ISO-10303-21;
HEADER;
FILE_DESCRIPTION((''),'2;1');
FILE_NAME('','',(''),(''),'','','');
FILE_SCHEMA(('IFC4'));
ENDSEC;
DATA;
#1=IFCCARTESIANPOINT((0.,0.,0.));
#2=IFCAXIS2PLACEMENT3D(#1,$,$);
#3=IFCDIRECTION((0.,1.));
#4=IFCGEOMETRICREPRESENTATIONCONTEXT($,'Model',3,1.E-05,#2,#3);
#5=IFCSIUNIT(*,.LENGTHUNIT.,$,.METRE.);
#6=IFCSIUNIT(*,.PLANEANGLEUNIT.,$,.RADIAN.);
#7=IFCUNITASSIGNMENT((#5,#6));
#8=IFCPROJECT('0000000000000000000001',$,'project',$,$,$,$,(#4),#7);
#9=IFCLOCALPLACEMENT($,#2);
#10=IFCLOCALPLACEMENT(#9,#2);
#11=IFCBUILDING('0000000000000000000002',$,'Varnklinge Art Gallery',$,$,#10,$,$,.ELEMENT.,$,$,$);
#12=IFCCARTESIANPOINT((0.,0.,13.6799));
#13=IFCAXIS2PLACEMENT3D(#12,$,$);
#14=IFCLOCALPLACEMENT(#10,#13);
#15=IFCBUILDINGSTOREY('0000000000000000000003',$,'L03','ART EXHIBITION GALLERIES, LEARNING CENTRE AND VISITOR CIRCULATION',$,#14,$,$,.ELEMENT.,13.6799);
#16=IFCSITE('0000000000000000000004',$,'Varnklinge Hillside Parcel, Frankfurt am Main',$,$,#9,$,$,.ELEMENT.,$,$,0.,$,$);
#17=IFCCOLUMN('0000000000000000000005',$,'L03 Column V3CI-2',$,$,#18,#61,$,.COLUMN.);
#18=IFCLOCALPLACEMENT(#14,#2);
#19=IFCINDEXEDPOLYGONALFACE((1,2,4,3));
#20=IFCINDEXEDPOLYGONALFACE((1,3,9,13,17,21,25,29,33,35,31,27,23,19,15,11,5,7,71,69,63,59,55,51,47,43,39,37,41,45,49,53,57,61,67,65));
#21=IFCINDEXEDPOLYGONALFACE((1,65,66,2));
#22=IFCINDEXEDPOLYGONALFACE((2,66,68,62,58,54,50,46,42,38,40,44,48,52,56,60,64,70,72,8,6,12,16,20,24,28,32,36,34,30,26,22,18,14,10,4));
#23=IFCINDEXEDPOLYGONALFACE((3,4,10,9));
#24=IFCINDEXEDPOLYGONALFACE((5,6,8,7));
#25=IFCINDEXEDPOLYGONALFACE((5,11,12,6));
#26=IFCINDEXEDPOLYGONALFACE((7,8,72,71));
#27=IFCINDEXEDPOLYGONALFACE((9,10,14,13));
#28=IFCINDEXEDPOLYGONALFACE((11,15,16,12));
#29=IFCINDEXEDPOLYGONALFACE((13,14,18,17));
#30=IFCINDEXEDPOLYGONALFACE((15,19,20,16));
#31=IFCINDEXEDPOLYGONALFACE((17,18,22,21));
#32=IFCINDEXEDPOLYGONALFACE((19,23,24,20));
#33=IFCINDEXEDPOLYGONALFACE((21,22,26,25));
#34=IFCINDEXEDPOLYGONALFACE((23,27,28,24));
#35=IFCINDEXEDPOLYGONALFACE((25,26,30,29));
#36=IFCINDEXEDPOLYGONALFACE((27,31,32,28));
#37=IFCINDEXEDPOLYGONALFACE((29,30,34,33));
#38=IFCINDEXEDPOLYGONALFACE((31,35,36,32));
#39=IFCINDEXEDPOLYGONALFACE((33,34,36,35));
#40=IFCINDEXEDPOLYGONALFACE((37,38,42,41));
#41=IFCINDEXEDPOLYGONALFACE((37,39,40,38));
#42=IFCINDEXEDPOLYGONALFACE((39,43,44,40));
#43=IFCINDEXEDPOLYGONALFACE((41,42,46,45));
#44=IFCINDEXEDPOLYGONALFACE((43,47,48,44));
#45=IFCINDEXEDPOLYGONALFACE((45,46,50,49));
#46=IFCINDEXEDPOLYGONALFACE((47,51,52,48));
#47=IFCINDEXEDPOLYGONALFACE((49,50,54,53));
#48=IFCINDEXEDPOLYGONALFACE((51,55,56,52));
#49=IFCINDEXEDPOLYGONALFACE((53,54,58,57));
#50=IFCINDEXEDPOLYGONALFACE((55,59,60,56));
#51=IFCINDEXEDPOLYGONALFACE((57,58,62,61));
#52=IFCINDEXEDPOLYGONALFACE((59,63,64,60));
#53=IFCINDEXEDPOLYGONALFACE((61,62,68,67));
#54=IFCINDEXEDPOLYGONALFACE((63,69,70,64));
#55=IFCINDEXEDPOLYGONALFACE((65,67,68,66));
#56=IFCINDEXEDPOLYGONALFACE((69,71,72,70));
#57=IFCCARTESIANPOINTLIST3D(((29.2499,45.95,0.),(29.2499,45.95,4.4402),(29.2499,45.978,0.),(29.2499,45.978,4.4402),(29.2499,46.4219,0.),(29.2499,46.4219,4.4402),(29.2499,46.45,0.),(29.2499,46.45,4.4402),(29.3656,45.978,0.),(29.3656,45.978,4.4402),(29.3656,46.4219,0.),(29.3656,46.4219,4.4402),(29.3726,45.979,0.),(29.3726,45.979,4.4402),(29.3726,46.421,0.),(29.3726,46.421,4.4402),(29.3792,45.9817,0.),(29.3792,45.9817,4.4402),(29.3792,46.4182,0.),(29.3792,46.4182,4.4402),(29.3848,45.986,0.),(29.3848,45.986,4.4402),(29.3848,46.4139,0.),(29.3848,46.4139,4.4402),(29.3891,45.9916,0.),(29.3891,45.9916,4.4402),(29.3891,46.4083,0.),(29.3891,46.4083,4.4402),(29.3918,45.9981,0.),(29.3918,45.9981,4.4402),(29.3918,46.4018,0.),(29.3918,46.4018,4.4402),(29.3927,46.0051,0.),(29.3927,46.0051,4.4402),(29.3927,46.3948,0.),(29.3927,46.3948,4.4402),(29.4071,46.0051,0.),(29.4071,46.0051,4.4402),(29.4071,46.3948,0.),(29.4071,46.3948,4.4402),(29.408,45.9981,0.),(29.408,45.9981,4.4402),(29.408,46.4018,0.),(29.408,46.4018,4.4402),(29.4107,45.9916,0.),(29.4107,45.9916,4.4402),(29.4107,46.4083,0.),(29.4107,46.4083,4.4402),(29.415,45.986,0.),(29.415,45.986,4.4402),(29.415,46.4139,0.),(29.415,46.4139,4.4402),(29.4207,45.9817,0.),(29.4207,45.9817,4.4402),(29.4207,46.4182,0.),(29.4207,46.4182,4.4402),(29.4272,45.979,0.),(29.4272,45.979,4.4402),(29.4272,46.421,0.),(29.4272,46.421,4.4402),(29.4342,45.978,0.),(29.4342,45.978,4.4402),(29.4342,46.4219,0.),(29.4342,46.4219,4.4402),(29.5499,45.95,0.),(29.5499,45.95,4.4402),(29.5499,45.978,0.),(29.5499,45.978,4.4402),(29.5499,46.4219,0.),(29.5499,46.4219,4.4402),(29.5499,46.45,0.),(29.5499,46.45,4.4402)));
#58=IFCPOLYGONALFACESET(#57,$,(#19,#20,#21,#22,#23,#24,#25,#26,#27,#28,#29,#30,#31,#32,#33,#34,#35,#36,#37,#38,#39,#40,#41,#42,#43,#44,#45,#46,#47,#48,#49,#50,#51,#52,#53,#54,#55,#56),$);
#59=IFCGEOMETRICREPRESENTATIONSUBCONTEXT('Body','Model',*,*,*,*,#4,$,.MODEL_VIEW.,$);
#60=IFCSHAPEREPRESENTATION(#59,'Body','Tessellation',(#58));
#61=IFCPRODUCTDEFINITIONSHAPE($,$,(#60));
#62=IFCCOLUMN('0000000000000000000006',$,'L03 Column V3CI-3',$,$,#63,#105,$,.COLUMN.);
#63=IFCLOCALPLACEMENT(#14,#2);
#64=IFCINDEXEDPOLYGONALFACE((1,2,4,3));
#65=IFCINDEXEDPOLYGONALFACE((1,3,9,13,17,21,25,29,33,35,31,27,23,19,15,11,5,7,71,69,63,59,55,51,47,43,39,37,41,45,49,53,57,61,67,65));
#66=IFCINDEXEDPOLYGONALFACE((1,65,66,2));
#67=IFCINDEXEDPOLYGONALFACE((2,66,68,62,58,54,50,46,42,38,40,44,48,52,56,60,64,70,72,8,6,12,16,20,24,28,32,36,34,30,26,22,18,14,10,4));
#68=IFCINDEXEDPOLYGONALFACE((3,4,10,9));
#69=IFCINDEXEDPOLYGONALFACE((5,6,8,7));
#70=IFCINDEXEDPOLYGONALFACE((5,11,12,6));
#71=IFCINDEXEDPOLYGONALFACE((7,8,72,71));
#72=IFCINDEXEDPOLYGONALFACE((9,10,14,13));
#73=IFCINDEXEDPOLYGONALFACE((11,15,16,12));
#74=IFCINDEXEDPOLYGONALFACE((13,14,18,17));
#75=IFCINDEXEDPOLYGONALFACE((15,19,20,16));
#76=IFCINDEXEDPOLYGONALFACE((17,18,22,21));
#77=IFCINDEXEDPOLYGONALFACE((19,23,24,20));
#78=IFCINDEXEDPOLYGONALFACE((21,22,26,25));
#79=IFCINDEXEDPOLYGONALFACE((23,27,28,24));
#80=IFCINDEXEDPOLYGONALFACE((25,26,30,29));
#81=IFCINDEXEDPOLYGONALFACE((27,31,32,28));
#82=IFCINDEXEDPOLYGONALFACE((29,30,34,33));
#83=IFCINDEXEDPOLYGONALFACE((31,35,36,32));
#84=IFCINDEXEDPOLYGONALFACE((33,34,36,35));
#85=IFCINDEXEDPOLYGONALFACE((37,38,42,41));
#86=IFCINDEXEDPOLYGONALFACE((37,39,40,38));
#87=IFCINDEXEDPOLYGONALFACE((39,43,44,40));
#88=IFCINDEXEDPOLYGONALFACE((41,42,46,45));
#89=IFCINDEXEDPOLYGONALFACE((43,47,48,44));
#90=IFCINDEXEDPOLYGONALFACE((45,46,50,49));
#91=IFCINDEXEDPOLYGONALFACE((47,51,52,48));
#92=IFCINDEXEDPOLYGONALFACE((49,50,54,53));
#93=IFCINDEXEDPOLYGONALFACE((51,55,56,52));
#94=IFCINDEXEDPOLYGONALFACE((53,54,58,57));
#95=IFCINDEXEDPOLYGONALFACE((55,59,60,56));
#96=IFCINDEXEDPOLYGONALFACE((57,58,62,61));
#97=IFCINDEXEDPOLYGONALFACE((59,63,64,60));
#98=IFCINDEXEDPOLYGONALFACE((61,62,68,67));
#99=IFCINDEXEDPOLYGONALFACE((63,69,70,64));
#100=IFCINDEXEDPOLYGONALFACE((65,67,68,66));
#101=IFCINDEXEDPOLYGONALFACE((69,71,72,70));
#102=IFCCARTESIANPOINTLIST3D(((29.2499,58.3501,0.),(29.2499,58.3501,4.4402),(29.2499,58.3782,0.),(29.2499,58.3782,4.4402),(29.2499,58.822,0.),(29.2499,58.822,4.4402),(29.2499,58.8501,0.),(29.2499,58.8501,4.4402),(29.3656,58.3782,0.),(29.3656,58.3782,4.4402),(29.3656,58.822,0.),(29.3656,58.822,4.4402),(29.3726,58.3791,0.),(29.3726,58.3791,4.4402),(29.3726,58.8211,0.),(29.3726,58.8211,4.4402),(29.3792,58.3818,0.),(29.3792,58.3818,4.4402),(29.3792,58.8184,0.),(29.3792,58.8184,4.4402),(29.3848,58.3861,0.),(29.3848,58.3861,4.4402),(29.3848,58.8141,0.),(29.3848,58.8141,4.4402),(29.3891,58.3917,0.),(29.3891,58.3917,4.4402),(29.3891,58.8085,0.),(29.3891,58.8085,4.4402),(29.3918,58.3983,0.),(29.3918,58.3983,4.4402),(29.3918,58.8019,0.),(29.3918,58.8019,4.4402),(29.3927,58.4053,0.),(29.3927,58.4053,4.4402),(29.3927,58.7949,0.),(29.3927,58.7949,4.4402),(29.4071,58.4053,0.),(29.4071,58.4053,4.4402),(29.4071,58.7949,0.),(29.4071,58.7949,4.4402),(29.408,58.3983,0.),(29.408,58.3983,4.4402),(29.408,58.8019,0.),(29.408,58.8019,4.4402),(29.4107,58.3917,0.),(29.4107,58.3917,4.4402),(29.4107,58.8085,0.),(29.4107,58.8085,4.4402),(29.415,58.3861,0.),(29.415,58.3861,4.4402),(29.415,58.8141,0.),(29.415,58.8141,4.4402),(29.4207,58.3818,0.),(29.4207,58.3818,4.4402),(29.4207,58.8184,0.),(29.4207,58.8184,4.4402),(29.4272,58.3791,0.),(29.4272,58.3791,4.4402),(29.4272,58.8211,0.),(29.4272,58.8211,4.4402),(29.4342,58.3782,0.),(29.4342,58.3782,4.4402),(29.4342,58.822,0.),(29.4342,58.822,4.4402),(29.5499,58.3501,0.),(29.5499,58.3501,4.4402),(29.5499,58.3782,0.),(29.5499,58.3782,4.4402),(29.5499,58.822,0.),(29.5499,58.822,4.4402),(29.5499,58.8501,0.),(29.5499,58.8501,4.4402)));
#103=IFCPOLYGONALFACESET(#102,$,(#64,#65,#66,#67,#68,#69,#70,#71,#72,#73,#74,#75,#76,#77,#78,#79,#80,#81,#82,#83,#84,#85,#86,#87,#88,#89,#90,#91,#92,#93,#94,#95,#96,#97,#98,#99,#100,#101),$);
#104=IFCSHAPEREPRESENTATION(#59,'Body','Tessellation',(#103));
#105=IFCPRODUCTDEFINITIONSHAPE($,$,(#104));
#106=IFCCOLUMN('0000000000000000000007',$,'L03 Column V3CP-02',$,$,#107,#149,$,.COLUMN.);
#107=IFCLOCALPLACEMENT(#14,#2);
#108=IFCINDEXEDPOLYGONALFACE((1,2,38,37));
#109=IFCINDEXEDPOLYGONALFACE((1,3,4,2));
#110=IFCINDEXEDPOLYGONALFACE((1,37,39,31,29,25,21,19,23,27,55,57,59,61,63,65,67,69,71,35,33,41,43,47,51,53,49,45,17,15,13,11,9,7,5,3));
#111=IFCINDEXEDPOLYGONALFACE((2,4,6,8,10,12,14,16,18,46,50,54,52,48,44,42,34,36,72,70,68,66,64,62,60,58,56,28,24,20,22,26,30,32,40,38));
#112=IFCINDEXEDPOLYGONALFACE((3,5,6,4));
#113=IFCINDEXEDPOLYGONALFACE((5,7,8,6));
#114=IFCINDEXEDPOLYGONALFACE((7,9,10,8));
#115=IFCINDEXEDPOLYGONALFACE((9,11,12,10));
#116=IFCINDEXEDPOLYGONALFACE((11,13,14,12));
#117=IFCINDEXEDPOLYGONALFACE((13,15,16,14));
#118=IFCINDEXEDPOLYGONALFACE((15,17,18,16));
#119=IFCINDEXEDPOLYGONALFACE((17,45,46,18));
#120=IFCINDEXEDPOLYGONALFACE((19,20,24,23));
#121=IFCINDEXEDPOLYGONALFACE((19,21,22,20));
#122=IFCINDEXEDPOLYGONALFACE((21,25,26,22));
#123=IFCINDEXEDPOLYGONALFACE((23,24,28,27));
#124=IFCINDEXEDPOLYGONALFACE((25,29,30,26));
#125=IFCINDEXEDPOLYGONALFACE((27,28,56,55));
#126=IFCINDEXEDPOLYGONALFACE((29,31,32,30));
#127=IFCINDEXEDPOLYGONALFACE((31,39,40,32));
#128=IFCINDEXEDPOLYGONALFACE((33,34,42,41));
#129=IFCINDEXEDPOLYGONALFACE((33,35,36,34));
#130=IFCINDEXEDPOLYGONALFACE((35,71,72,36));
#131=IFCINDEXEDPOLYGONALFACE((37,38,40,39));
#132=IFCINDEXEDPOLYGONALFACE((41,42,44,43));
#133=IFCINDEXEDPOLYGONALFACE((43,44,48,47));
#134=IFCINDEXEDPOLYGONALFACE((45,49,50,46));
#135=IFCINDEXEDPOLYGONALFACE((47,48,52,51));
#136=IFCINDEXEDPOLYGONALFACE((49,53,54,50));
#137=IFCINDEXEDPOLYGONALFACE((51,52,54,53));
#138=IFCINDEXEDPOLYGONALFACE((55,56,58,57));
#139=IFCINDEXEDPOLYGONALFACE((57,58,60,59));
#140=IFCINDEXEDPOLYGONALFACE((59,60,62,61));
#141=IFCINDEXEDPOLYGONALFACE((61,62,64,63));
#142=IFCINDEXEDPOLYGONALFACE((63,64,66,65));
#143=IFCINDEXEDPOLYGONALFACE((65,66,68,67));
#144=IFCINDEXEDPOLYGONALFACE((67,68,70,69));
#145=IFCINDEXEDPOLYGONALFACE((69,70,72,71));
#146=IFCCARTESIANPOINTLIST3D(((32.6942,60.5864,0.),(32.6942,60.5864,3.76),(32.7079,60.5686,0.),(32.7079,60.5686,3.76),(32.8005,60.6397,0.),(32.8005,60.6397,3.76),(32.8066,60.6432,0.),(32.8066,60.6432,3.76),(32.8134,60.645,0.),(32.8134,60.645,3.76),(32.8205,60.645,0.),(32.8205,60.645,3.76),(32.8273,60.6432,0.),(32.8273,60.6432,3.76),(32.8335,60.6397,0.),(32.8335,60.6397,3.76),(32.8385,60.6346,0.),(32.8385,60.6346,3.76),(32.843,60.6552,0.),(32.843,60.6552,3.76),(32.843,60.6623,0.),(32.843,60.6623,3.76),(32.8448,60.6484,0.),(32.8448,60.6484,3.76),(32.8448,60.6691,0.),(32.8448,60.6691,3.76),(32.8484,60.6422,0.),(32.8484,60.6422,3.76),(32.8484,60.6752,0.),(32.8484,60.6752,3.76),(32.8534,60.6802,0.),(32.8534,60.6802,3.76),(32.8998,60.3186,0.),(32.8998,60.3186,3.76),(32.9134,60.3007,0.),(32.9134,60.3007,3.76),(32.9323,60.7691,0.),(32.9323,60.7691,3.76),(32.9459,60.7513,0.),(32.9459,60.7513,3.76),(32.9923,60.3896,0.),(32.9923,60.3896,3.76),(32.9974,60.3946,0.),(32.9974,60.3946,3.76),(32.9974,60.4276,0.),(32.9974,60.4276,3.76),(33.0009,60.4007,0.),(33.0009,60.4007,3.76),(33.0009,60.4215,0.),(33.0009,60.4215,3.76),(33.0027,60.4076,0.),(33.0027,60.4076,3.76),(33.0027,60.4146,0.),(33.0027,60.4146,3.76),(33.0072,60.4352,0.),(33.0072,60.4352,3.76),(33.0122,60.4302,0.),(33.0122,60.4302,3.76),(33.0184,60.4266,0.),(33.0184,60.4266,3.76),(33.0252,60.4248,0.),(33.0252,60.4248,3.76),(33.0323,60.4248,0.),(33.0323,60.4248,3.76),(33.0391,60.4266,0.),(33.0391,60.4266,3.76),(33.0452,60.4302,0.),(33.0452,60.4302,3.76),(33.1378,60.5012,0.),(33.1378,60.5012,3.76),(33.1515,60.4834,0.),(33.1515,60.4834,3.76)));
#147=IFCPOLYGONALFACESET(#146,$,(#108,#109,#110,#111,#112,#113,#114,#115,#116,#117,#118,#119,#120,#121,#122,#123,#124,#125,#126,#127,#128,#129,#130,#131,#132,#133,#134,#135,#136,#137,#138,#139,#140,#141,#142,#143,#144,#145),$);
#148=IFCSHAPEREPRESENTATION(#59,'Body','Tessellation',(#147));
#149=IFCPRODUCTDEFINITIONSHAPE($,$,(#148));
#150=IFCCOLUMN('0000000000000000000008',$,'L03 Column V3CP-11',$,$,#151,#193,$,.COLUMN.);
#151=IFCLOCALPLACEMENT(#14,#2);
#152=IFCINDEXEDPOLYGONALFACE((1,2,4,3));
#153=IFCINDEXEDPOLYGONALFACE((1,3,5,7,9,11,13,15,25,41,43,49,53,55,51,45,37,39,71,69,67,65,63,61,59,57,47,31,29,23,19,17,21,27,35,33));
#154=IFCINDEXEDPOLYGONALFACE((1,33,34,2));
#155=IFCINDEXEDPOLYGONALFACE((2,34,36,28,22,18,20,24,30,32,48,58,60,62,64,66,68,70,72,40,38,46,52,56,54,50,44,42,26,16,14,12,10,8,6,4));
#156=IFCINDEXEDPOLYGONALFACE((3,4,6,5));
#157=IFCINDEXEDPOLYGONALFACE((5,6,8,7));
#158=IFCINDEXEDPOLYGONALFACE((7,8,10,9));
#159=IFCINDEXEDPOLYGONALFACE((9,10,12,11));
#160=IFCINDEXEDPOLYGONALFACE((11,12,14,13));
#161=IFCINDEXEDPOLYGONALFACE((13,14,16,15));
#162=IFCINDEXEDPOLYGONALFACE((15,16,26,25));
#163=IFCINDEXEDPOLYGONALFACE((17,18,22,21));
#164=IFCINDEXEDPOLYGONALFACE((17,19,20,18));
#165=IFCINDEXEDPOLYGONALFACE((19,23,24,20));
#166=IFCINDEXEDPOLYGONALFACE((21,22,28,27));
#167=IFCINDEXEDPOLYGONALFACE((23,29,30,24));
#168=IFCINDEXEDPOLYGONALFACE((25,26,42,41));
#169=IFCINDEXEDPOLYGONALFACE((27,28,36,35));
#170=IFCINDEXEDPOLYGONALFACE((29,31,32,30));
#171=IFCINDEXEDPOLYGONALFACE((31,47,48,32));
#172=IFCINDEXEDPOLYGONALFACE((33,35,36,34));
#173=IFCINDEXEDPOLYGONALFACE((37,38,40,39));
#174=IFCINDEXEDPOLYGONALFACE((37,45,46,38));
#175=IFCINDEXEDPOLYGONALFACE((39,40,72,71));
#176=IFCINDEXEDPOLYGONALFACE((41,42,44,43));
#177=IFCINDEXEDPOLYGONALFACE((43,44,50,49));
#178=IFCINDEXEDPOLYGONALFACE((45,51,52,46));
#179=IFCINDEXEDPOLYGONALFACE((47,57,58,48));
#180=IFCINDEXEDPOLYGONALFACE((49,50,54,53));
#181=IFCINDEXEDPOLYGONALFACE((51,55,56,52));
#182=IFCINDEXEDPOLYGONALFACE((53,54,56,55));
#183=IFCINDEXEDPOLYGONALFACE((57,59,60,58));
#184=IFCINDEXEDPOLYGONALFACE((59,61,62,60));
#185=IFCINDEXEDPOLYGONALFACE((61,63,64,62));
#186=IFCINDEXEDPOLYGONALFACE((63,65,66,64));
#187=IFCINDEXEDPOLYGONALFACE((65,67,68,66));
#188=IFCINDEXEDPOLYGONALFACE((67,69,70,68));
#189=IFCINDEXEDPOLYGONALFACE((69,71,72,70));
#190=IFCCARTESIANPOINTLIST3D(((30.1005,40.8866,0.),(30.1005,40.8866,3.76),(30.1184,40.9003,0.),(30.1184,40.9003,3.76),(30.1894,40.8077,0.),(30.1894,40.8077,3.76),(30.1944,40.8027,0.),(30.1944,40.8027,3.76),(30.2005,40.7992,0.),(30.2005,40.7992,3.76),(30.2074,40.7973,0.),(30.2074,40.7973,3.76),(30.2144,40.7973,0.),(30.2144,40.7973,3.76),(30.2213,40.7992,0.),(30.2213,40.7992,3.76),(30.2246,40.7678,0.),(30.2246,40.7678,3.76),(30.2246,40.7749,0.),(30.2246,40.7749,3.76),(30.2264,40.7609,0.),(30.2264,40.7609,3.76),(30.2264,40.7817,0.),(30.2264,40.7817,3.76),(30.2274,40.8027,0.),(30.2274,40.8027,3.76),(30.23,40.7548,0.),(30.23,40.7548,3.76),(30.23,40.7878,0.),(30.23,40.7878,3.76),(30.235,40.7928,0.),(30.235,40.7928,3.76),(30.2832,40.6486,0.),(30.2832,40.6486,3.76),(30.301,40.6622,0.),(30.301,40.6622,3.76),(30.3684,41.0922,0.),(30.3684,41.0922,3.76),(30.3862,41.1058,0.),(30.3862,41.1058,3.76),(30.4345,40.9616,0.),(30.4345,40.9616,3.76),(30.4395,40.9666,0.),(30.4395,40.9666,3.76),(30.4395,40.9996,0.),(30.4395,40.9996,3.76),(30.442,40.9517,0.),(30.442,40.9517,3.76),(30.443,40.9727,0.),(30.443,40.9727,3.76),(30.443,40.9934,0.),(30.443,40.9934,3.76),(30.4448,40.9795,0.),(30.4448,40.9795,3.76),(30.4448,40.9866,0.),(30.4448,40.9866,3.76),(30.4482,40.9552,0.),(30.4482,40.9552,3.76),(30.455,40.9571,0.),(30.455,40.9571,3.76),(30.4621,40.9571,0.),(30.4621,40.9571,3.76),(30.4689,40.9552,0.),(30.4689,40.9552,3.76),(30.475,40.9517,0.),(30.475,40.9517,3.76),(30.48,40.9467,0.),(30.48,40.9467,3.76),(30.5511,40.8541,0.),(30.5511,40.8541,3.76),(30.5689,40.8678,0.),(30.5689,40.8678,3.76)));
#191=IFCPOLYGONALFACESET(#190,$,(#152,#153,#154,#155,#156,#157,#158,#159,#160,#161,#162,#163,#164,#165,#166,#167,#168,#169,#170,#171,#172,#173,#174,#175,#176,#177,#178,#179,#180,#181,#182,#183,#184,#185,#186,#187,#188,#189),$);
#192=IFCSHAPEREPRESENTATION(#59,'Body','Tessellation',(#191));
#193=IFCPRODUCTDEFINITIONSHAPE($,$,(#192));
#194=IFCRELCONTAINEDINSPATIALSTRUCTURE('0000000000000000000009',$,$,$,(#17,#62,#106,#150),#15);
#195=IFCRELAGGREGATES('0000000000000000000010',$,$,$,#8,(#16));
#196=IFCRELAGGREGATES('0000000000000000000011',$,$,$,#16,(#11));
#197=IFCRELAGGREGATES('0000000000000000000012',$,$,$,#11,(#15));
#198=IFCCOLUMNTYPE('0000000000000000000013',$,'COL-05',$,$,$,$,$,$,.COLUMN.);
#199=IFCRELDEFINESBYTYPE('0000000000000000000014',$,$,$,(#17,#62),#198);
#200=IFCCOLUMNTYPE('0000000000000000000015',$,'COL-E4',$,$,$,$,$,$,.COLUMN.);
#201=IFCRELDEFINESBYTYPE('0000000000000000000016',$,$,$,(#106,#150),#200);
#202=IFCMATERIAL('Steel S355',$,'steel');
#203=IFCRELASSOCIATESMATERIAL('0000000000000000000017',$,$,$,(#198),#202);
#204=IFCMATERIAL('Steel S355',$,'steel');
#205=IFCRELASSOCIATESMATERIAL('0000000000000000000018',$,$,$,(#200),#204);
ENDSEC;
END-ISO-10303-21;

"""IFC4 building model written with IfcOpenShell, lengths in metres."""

from ifc_helpers import new_model, si_unit, direction, frame, origin, origin_2d, place, context, subcontext, project, spatial, i_section, extrude, material, material_profile, profile_set, type_object, element, save


model = new_model("IFC4")

# Units and contexts
model_context = context("Model", 3, precision=1e-05, world=origin(), true_north=direction((0.0, 1.0)))
body_context = subcontext(model_context, "Body", "Model", "MODEL_VIEW")
ifc_project = project(units=[si_unit("LENGTHUNIT", "METRE"), si_unit("PLANEANGLEUNIT", "RADIAN")], contexts=[model_context])

# Site, building, storey
site_placement = place(None, origin())
site = spatial("IfcSite", under=ifc_project, at=site_placement, Name="Varnklinge Hillside Parcel, Frankfurt am Main", CompositionType="ELEMENT", RefElevation=0.0)
building_placement = place(site_placement, origin())
building = spatial("IfcBuilding", under=site, at=building_placement, Name="Varnklinge Art Gallery", CompositionType="ELEMENT")
storey_placement = place(building_placement, frame((0.0, 0.0, 13.6799)))
storey = spatial("IfcBuildingStorey", under=building, at=storey_placement, Name="L03", Description="ART EXHIBITION GALLERIES, LEARNING CENTRE AND VISITOR CIRCULATION", CompositionType="ELEMENT", Elevation=13.6799)

# Columns
ifc_material_1 = material(Name="Steel S355", Category="steel")
ifc_material_profile_1 = material_profile(ifc_material_1, i_section(OverallWidth=0.3, OverallDepth=0.5, WebThickness=0.0144, FlangeThickness=0.0281, FilletRadius=0.0271, at=origin_2d()), Name="HEB 500")
ifc_profile_set_1 = profile_set([ifc_material_profile_1], Name="Steel S355")
column_type_1 = type_object("IfcColumnType", Name="COL-05", PredefinedType="COLUMN", material=ifc_profile_set_1)
for number, where, z_axis, x_axis, name in (
    (1, (29.3999, 46.2, 0.0), (0.0, 0.0, 1.0), (1.0, 0.0, 0.0), "L03 Column V3CI-2"),
    (2, (29.3999, 58.6001, 0.0), (0.0, 0.0, 1.0), (1.0, 0.0, 0.0), "L03 Column V3CI-3"),
):
    element("IfcColumn", number, at=place(storey_placement, frame(where, z_axis=z_axis, x_axis=x_axis)), inside=storey, type_object=column_type_1, Name=name, PredefinedType="COLUMN", context=body_context, shape_type="SweptSolid", body=[
        extrude(i_section(OverallWidth=0.3, OverallDepth=0.5, WebThickness=0.0144, FlangeThickness=0.0281, FilletRadius=0.0271, at=origin_2d()), origin(), (0.0, 0.0, 1.0), 4.4402),
    ])
ifc_material_2 = material(Name="Steel S355", Category="steel")
ifc_material_profile_2 = material_profile(ifc_material_2, i_section(OverallWidth=0.3, OverallDepth=0.3601, WebThickness=0.0125, FlangeThickness=0.0225, FilletRadius=0.0271, at=origin_2d()), Name="HEB 360")
ifc_profile_set_2 = profile_set([ifc_material_profile_2], Name="Steel S355")
column_type_2 = type_object("IfcColumnType", Name="COL-E4", PredefinedType="COLUMN", material=ifc_profile_set_2)
for number, where, z_axis, x_axis, name in (
    (3, (32.9229, 60.5349, 0.0), (0.0, 0.0, 1.0), (0.793353, 0.608761, 0.0), "L03 Column V3CP-02"),
    (4, (30.3347, 40.8772, 0.0), (0.0, 0.0, 1.0), (0.608761, -0.793353, 0.0), "L03 Column V3CP-11"),
):
    element("IfcColumn", number, at=place(storey_placement, frame(where, z_axis=z_axis, x_axis=x_axis)), inside=storey, type_object=column_type_2, Name=name, PredefinedType="COLUMN", context=body_context, shape_type="SweptSolid", body=[
        extrude(i_section(OverallWidth=0.3, OverallDepth=0.3601, WebThickness=0.0125, FlangeThickness=0.0225, FilletRadius=0.0271, at=origin_2d()), origin(), (0.0, 0.0, 1.0), 3.76),
    ])

save(model, "model.ifc")
